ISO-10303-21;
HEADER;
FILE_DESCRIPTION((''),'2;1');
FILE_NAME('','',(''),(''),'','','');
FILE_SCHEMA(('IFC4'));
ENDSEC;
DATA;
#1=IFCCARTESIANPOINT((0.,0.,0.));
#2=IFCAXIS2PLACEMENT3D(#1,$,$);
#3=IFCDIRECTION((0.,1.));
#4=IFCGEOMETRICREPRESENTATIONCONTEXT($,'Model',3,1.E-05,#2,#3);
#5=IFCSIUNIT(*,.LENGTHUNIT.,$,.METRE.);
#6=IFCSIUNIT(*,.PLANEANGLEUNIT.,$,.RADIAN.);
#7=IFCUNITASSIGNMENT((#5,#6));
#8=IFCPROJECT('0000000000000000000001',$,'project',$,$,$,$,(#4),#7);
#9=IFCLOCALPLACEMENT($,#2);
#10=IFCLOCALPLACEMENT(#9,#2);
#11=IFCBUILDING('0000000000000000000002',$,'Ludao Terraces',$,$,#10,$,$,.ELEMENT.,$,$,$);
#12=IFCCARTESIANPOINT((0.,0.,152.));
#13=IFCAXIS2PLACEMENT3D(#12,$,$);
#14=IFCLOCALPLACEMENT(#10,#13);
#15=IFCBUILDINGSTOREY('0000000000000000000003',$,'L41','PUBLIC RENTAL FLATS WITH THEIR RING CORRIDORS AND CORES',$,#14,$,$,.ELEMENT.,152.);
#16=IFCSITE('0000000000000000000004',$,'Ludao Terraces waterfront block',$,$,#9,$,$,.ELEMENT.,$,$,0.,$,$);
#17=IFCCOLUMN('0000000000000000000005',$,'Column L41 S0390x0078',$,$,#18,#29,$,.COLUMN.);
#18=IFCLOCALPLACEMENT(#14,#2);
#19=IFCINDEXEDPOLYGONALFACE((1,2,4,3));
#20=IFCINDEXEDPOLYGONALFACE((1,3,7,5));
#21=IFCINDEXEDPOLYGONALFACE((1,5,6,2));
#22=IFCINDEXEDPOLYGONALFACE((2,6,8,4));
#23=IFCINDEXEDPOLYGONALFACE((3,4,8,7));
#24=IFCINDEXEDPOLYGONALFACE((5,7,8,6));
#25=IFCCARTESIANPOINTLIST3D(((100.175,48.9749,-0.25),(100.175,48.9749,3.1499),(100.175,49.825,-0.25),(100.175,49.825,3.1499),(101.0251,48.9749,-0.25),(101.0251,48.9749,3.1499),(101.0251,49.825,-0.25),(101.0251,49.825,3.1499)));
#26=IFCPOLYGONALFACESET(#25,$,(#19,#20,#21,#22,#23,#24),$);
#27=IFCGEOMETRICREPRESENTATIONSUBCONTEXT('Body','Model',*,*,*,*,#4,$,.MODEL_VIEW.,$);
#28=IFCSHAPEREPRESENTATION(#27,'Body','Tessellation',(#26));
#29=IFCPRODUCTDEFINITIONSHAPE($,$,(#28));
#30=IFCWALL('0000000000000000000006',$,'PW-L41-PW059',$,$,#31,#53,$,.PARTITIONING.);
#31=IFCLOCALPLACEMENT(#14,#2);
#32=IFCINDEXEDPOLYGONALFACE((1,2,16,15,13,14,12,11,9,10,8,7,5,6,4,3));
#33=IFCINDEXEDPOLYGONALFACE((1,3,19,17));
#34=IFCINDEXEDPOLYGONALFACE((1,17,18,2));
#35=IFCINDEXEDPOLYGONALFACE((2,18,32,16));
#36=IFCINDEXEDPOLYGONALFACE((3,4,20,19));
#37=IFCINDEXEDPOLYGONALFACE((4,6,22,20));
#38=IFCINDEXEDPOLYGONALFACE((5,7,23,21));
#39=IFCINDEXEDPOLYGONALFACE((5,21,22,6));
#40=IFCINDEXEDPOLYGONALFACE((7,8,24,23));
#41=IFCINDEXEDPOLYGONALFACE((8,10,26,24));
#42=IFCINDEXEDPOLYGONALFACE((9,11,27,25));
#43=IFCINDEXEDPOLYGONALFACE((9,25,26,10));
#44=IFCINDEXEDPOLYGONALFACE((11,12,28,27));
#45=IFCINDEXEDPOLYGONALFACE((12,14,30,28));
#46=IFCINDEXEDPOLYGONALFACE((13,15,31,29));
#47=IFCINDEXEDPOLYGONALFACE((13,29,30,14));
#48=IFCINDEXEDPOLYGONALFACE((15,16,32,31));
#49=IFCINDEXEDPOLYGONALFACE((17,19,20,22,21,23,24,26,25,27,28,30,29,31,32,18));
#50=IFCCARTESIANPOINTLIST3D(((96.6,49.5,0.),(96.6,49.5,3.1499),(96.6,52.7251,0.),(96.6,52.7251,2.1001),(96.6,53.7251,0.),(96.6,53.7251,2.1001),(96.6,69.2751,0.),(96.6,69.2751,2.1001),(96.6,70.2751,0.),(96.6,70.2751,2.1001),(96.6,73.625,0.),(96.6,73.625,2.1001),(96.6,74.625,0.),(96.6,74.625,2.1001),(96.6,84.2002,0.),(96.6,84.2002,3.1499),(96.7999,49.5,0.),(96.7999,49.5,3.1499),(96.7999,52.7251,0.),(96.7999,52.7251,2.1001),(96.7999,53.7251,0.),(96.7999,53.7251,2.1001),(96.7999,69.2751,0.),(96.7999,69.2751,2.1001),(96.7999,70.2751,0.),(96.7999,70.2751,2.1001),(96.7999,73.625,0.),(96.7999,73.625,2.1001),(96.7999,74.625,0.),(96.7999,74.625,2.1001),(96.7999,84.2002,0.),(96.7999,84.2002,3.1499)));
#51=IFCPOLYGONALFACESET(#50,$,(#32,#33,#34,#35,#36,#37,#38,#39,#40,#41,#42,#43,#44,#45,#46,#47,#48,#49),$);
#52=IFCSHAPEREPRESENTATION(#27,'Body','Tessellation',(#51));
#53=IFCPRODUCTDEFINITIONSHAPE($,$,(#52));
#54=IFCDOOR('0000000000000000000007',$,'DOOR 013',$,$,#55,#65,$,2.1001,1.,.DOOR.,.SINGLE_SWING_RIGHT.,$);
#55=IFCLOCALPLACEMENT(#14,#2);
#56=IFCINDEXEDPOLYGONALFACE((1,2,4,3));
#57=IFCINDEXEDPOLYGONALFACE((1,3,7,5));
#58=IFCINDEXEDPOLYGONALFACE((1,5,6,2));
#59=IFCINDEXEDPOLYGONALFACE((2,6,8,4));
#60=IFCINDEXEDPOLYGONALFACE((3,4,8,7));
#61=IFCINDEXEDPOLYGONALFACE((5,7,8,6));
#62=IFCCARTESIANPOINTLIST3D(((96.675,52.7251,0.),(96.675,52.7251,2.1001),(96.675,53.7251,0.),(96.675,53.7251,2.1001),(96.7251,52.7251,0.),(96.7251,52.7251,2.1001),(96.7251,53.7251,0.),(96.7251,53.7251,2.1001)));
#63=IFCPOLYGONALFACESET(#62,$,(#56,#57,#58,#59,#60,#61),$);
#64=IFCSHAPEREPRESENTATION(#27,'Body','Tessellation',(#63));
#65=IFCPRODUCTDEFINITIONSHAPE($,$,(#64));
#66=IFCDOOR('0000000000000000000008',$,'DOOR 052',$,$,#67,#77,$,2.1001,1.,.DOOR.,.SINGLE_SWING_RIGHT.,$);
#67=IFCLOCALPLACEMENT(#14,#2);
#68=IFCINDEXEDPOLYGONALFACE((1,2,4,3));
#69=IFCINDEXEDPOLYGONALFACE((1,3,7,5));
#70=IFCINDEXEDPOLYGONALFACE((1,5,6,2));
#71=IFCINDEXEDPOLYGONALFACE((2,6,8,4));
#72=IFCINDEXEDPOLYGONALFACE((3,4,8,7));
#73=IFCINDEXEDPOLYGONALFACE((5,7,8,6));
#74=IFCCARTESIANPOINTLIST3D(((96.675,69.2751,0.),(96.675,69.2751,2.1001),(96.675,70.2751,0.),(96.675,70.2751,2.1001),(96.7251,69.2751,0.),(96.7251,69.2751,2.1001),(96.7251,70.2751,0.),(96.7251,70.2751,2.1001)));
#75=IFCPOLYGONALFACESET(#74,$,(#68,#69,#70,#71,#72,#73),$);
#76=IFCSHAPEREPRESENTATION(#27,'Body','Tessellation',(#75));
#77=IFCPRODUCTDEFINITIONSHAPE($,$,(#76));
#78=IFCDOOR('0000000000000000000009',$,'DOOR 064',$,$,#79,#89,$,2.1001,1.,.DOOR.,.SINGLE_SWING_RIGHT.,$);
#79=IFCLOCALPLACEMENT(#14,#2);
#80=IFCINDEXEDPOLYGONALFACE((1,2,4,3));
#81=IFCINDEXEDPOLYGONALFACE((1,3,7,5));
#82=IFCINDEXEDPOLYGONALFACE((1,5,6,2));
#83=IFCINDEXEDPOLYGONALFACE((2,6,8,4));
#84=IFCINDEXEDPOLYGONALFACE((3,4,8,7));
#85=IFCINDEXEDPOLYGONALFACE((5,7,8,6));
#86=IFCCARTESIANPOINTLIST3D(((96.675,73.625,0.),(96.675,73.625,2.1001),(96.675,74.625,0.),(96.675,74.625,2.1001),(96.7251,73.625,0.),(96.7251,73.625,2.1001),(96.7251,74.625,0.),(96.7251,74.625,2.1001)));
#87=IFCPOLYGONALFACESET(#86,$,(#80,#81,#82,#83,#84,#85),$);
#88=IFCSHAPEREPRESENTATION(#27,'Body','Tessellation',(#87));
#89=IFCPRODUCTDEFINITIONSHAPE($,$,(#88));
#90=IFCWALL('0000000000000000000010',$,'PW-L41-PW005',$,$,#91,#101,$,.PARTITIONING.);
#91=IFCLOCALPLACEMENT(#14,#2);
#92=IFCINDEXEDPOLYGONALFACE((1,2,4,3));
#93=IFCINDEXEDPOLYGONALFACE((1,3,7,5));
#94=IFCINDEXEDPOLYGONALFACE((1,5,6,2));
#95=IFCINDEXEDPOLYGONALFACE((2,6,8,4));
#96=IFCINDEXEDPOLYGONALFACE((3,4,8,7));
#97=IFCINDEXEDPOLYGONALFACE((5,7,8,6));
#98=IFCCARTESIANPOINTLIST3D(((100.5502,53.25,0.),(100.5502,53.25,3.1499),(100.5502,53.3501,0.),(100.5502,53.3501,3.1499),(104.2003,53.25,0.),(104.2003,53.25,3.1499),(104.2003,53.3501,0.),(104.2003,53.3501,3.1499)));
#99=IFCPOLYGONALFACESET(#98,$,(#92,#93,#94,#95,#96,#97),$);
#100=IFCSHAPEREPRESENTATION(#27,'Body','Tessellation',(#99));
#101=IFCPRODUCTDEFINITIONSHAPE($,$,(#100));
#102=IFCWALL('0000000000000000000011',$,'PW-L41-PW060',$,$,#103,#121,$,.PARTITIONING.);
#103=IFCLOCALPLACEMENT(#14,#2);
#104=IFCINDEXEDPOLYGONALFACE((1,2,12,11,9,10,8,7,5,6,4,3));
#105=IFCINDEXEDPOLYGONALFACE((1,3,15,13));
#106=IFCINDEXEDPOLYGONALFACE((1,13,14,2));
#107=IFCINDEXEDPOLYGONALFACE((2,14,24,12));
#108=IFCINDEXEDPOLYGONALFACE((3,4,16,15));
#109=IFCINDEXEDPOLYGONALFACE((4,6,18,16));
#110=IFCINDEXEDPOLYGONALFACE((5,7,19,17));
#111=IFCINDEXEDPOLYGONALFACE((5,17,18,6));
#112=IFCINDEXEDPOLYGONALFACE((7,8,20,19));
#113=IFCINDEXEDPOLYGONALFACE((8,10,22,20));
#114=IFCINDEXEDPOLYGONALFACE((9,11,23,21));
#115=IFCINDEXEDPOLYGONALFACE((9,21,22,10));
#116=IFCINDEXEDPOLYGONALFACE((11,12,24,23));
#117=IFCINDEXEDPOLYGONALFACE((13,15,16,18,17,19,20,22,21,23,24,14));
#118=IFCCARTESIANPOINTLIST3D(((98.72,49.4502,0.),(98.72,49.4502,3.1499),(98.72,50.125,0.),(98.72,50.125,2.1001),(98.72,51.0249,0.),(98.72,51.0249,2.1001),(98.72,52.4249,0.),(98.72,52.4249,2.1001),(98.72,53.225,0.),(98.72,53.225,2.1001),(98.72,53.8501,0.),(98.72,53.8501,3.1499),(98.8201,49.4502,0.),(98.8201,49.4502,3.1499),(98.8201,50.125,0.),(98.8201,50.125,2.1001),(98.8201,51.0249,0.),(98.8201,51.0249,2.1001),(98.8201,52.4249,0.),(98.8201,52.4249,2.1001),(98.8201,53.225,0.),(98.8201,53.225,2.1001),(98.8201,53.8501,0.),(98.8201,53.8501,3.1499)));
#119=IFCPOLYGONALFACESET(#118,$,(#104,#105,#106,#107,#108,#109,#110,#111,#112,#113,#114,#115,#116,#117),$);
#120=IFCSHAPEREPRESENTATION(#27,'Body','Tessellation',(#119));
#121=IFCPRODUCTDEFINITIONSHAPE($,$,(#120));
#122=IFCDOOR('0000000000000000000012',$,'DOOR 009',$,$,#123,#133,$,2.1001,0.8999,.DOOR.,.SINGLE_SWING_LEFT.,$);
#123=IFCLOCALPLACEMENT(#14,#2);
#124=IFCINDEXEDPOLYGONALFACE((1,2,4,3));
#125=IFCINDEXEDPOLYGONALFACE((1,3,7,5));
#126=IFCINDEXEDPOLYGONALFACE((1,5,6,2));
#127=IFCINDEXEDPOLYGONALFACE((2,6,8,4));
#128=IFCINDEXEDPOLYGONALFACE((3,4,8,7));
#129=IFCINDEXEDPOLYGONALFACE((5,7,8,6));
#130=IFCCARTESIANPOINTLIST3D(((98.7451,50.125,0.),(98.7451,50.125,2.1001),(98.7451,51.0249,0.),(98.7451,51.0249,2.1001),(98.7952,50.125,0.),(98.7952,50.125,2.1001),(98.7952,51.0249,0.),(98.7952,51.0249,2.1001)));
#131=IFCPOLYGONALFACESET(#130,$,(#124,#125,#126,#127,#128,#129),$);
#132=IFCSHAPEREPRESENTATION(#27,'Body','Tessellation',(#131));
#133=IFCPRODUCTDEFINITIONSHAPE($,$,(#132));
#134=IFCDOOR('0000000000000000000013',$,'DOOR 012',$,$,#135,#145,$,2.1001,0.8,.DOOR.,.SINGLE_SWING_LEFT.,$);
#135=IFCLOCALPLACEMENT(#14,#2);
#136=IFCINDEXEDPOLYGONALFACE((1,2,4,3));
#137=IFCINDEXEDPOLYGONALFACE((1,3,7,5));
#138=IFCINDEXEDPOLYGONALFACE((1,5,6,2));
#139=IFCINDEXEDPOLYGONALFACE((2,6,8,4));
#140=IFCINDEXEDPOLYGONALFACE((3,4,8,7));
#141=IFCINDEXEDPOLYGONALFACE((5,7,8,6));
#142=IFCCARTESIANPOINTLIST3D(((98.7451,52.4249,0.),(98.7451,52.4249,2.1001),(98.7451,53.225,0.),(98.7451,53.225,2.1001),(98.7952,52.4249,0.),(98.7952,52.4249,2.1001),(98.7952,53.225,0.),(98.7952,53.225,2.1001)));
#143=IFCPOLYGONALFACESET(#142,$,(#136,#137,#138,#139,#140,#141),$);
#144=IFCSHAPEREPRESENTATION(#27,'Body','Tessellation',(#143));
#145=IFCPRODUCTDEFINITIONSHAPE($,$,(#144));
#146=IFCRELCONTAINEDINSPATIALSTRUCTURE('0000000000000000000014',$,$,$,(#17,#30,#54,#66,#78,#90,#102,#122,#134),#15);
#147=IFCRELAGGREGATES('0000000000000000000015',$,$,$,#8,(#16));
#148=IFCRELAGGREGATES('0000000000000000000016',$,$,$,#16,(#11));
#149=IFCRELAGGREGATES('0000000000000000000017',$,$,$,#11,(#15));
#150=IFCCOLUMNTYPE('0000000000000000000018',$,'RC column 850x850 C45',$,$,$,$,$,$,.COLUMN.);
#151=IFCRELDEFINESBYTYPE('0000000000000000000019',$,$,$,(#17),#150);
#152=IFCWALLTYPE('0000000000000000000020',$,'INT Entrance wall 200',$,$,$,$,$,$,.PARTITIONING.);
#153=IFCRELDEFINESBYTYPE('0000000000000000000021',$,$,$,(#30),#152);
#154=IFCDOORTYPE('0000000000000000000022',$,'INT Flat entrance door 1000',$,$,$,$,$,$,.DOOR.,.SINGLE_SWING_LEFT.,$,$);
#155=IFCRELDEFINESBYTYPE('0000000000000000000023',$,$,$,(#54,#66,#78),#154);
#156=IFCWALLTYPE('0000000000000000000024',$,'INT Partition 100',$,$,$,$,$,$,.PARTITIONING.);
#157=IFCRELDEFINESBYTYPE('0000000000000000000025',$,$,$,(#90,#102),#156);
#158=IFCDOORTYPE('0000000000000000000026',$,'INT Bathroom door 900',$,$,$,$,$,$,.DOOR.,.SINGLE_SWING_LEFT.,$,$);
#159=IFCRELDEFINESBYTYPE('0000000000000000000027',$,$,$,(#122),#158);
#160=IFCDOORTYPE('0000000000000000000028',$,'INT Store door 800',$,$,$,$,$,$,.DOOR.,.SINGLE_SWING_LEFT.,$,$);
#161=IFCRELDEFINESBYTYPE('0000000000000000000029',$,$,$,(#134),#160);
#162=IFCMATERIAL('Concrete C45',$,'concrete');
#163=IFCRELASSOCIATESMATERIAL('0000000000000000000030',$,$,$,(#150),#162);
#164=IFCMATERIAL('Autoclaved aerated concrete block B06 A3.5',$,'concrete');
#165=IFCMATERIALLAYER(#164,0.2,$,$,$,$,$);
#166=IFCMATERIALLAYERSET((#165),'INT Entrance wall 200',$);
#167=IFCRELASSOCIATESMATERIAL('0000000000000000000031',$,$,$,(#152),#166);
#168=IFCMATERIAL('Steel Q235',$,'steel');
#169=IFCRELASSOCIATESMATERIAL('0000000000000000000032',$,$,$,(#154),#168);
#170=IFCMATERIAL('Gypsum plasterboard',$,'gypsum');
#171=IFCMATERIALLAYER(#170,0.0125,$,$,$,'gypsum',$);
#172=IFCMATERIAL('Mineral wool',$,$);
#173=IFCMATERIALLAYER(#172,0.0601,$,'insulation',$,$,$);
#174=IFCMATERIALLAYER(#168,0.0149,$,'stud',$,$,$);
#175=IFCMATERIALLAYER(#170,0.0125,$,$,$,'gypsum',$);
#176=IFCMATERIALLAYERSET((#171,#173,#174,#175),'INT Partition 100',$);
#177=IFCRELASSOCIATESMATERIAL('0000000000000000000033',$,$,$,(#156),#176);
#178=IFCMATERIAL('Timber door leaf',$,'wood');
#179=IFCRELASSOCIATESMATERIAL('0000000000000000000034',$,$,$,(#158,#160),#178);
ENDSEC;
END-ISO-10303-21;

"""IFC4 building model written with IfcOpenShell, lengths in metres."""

from ifc_helpers import new_model, si_unit, direction, frame, frame_2d, origin, origin_2d, place, context, subcontext, project, spatial, rectangle, extrude, material, layer, layer_set, material_profile, profile_set, type_object, element, fill, save


model = new_model("IFC4")

# Units and contexts
model_context = context("Model", 3, precision=1e-05, world=origin(), true_north=direction((0.0, 1.0)))
body_context = subcontext(model_context, "Body", "Model", "MODEL_VIEW")
ifc_project = project(units=[si_unit("LENGTHUNIT", "METRE"), si_unit("PLANEANGLEUNIT", "RADIAN")], contexts=[model_context])

# Site, building, storey
site_placement = place(None, origin())
site = spatial("IfcSite", under=ifc_project, at=site_placement, Name="Ludao Terraces waterfront block", CompositionType="ELEMENT", RefElevation=0.0)
building_placement = place(site_placement, origin())
building = spatial("IfcBuilding", under=site, at=building_placement, Name="Ludao Terraces", CompositionType="ELEMENT")
storey_placement = place(building_placement, frame((0.0, 0.0, 152.0)))
storey = spatial("IfcBuildingStorey", under=building, at=storey_placement, Name="L41", Description="PUBLIC RENTAL FLATS WITH THEIR RING CORRIDORS AND CORES", CompositionType="ELEMENT", Elevation=152.0)

# Column
ifc_material_1 = material(Name="Concrete C45", Category="concrete")
ifc_material_profile = material_profile(ifc_material_1, rectangle(XDim=0.8501, YDim=0.8501, at=origin_2d()), Name="850 X 850")
ifc_profile_set = profile_set([ifc_material_profile], Name="Concrete C45")
column_type = type_object("IfcColumnType", Name="RC column 850x850 C45", PredefinedType="COLUMN", material=ifc_profile_set)
column_placement = place(storey_placement, frame((100.6001, 49.3999, -0.25), z_axis=(0.0, 0.0, 1.0), x_axis=(1.0, 0.0, 0.0)))
element("IfcColumn", 1, at=column_placement, inside=storey, type_object=column_type, Name="Column L41 S0390x0078", PredefinedType="COLUMN", context=body_context, shape_type="SweptSolid", body=[
    extrude(rectangle(XDim=0.8501, YDim=0.8501, at=origin_2d()), origin(), (0.0, 0.0, 1.0), 3.3999),
])

# Wall, openings, doors
ifc_material_2 = material(Name="Autoclaved aerated concrete block B06 A3.5", Category="concrete")
ifc_layer_1 = layer(ifc_material_2, 0.2)
ifc_layer_set_1 = layer_set([ifc_layer_1], Name="INT Entrance wall 200")
wall_type_1 = type_object("IfcWallType", Name="INT Entrance wall 200", PredefinedType="PARTITIONING", material=ifc_layer_set_1)
wall_1_placement = place(storey_placement, frame((96.7, 49.5, 0.0), z_axis=(0.0, 0.0, 1.0), x_axis=(0.0, 1.0, 0.0)))
wall_1 = element("IfcWall", 2, at=wall_1_placement, inside=storey, type_object=wall_type_1, Name="PW-L41-PW059", PredefinedType="PARTITIONING", context=body_context, shape_type="SweptSolid", body=[
    extrude(rectangle(XDim=34.7002, YDim=0.2, at=frame_2d((17.3501, 0.0))), origin(), (0.0, 0.0, 1.0), 3.1499),
])
opening_1_placement = place(wall_1_placement, frame((3.2251, 0.0, 0.0)))
opening_1 = element("IfcOpeningElement", 3, at=opening_1_placement, cuts=wall_1, PredefinedType="OPENING", context=body_context, shape_type="SweptSolid", body=[
    extrude(rectangle(XDim=1.0, YDim=2.1001, at=frame_2d((0.5, 1.05))), frame((0.0, 0.1099, 0.0), z_axis=(0.0, -1.0, 0.0), x_axis=(1.0, 0.0, 0.0)), (0.0, 0.0, 1.0), 0.22),
])
opening_2_placement = place(wall_1_placement, frame((19.7751, 0.0, 0.0)))
opening_2 = element("IfcOpeningElement", 4, at=opening_2_placement, cuts=wall_1, PredefinedType="OPENING", context=body_context, shape_type="SweptSolid", body=[
    extrude(rectangle(XDim=1.0, YDim=2.1001, at=frame_2d((0.5, 1.05))), frame((0.0, 0.1099, 0.0), z_axis=(0.0, -1.0, 0.0), x_axis=(1.0, 0.0, 0.0)), (0.0, 0.0, 1.0), 0.22),
])
opening_3_placement = place(wall_1_placement, frame((24.125, 0.0, 0.0)))
opening_3 = element("IfcOpeningElement", 5, at=opening_3_placement, cuts=wall_1, PredefinedType="OPENING", context=body_context, shape_type="SweptSolid", body=[
    extrude(rectangle(XDim=1.0, YDim=2.1001, at=frame_2d((0.5, 1.05))), frame((0.0, 0.1099, 0.0), z_axis=(0.0, -1.0, 0.0), x_axis=(1.0, 0.0, 0.0)), (0.0, 0.0, 1.0), 0.22),
])
ifc_material_3 = material(Name="Steel Q235", Category="steel")
door_type_1 = type_object("IfcDoorType", Name="INT Flat entrance door 1000", OperationType="SINGLE_SWING_LEFT", PredefinedType="DOOR", material=ifc_material_3)
door_1_placement = place(opening_1_placement, origin())
door_1 = element("IfcDoor", 6, at=door_1_placement, inside=storey, type_object=door_type_1, Name="DOOR 013", OperationType="SINGLE_SWING_RIGHT", OverallHeight=2.1001, OverallWidth=1.0, PredefinedType="DOOR", context=body_context, shape_type="SweptSolid", body=[
    extrude(rectangle(XDim=1.0, YDim=2.1001, at=frame_2d((0.5, 1.05))), frame((0.0, 0.0249, 0.0), z_axis=(0.0, -1.0, 0.0), x_axis=(1.0, 0.0, 0.0)), (0.0, 0.0, 1.0), 0.05),
])
fill(opening_1, door_1)
door_2_placement = place(opening_2_placement, origin())
door_2 = element("IfcDoor", 7, at=door_2_placement, inside=storey, type_object=door_type_1, Name="DOOR 052", OperationType="SINGLE_SWING_RIGHT", OverallHeight=2.1001, OverallWidth=1.0, PredefinedType="DOOR", context=body_context, shape_type="SweptSolid", body=[
    extrude(rectangle(XDim=1.0, YDim=2.1001, at=frame_2d((0.5, 1.05))), frame((0.0, 0.0249, 0.0), z_axis=(0.0, -1.0, 0.0), x_axis=(1.0, 0.0, 0.0)), (0.0, 0.0, 1.0), 0.05),
])
fill(opening_2, door_2)
door_3_placement = place(opening_3_placement, origin())
door_3 = element("IfcDoor", 8, at=door_3_placement, inside=storey, type_object=door_type_1, Name="DOOR 064", OperationType="SINGLE_SWING_RIGHT", OverallHeight=2.1001, OverallWidth=1.0, PredefinedType="DOOR", context=body_context, shape_type="SweptSolid", body=[
    extrude(rectangle(XDim=1.0, YDim=2.1001, at=frame_2d((0.5, 1.05))), frame((0.0, 0.0249, 0.0), z_axis=(0.0, -1.0, 0.0), x_axis=(1.0, 0.0, 0.0)), (0.0, 0.0, 1.0), 0.05),
])
fill(opening_3, door_3)

# Wall
ifc_material_4 = material(Name="Gypsum plasterboard", Category="gypsum")
ifc_layer_2 = layer(ifc_material_4, 0.0125, Category="gypsum")
ifc_material_5 = material(Name="Mineral wool")
ifc_layer_3 = layer(ifc_material_5, 0.0601, Name="insulation")
ifc_layer_4 = layer(ifc_material_3, 0.0149, Name="stud")
ifc_layer_5 = layer(ifc_material_4, 0.0125, Category="gypsum")
ifc_layer_set_2 = layer_set([ifc_layer_2, ifc_layer_3, ifc_layer_4, ifc_layer_5], Name="INT Partition 100")
wall_type_2 = type_object("IfcWallType", Name="INT Partition 100", PredefinedType="PARTITIONING", material=ifc_layer_set_2)
wall_2_placement = place(storey_placement, frame((100.55, 53.3, 0.0), z_axis=(0.0, 0.0, 1.0), x_axis=(1.0, 0.0, 0.0)))
element("IfcWall", 9, at=wall_2_placement, inside=storey, type_object=wall_type_2, Name="PW-L41-PW005", PredefinedType="PARTITIONING", context=body_context, shape_type="SweptSolid", body=[
    extrude(rectangle(XDim=3.6501, YDim=0.1001, at=frame_2d((1.8252, 0.0))), origin(), (0.0, 0.0, 1.0), 3.1499),
])

# Wall, openings, doors
wall_3_placement = place(storey_placement, frame((98.77, 49.4502, 0.0), z_axis=(0.0, 0.0, 1.0), x_axis=(0.0, 1.0, 0.0)))
wall_3 = element("IfcWall", 10, at=wall_3_placement, inside=storey, type_object=wall_type_2, Name="PW-L41-PW060", PredefinedType="PARTITIONING", context=body_context, shape_type="SweptSolid", body=[
    extrude(rectangle(XDim=4.3999, YDim=0.1001, at=frame_2d((2.2, 0.0))), origin(), (0.0, 0.0, 1.0), 3.1499),
])
opening_4_placement = place(wall_3_placement, frame((0.6748, 0.0, 0.0)))
opening_4 = element("IfcOpeningElement", 11, at=opening_4_placement, cuts=wall_3, PredefinedType="OPENING", context=body_context, shape_type="SweptSolid", body=[
    extrude(rectangle(XDim=0.8999, YDim=2.1001, at=frame_2d((0.45, 1.05))), frame((0.0, 0.0601, 0.0), z_axis=(0.0, -1.0, 0.0), x_axis=(1.0, 0.0, 0.0)), (0.0, 0.0, 1.0), 0.1201),
])
opening_5_placement = place(wall_3_placement, frame((2.9749, 0.0, 0.0)))
opening_5 = element("IfcOpeningElement", 12, at=opening_5_placement, cuts=wall_3, PredefinedType="OPENING", context=body_context, shape_type="SweptSolid", body=[
    extrude(rectangle(XDim=0.8, YDim=2.1001, at=frame_2d((0.3999, 1.05))), frame((0.0, 0.0601, 0.0), z_axis=(0.0, -1.0, 0.0), x_axis=(1.0, 0.0, 0.0)), (0.0, 0.0, 1.0), 0.1201),
])
ifc_material_6 = material(Name="Timber door leaf", Category="wood")
door_type_2 = type_object("IfcDoorType", Name="INT Bathroom door 900", OperationType="SINGLE_SWING_LEFT", PredefinedType="DOOR", material=ifc_material_6)
door_4_placement = place(opening_4_placement, origin())
door_4 = element("IfcDoor", 13, at=door_4_placement, inside=storey, type_object=door_type_2, Name="DOOR 009", OperationType="SINGLE_SWING_LEFT", OverallHeight=2.1001, OverallWidth=0.8999, PredefinedType="DOOR", context=body_context, shape_type="SweptSolid", body=[
    extrude(rectangle(XDim=0.8999, YDim=2.1001, at=frame_2d((0.45, 1.05))), frame((0.0, 0.0249, 0.0), z_axis=(0.0, -1.0, 0.0), x_axis=(1.0, 0.0, 0.0)), (0.0, 0.0, 1.0), 0.05),
])
fill(opening_4, door_4)
door_type_3 = type_object("IfcDoorType", Name="INT Store door 800", OperationType="SINGLE_SWING_LEFT", PredefinedType="DOOR", material=ifc_material_6)
door_5_placement = place(opening_5_placement, origin())
door_5 = element("IfcDoor", 14, at=door_5_placement, inside=storey, type_object=door_type_3, Name="DOOR 012", OperationType="SINGLE_SWING_LEFT", OverallHeight=2.1001, OverallWidth=0.8, PredefinedType="DOOR", context=body_context, shape_type="SweptSolid", body=[
    extrude(rectangle(XDim=0.8, YDim=2.1001, at=frame_2d((0.3999, 1.05))), frame((0.0, 0.0249, 0.0), z_axis=(0.0, -1.0, 0.0), x_axis=(1.0, 0.0, 0.0)), (0.0, 0.0, 1.0), 0.05),
])
fill(opening_5, door_5)

save(model, "model.ifc")
